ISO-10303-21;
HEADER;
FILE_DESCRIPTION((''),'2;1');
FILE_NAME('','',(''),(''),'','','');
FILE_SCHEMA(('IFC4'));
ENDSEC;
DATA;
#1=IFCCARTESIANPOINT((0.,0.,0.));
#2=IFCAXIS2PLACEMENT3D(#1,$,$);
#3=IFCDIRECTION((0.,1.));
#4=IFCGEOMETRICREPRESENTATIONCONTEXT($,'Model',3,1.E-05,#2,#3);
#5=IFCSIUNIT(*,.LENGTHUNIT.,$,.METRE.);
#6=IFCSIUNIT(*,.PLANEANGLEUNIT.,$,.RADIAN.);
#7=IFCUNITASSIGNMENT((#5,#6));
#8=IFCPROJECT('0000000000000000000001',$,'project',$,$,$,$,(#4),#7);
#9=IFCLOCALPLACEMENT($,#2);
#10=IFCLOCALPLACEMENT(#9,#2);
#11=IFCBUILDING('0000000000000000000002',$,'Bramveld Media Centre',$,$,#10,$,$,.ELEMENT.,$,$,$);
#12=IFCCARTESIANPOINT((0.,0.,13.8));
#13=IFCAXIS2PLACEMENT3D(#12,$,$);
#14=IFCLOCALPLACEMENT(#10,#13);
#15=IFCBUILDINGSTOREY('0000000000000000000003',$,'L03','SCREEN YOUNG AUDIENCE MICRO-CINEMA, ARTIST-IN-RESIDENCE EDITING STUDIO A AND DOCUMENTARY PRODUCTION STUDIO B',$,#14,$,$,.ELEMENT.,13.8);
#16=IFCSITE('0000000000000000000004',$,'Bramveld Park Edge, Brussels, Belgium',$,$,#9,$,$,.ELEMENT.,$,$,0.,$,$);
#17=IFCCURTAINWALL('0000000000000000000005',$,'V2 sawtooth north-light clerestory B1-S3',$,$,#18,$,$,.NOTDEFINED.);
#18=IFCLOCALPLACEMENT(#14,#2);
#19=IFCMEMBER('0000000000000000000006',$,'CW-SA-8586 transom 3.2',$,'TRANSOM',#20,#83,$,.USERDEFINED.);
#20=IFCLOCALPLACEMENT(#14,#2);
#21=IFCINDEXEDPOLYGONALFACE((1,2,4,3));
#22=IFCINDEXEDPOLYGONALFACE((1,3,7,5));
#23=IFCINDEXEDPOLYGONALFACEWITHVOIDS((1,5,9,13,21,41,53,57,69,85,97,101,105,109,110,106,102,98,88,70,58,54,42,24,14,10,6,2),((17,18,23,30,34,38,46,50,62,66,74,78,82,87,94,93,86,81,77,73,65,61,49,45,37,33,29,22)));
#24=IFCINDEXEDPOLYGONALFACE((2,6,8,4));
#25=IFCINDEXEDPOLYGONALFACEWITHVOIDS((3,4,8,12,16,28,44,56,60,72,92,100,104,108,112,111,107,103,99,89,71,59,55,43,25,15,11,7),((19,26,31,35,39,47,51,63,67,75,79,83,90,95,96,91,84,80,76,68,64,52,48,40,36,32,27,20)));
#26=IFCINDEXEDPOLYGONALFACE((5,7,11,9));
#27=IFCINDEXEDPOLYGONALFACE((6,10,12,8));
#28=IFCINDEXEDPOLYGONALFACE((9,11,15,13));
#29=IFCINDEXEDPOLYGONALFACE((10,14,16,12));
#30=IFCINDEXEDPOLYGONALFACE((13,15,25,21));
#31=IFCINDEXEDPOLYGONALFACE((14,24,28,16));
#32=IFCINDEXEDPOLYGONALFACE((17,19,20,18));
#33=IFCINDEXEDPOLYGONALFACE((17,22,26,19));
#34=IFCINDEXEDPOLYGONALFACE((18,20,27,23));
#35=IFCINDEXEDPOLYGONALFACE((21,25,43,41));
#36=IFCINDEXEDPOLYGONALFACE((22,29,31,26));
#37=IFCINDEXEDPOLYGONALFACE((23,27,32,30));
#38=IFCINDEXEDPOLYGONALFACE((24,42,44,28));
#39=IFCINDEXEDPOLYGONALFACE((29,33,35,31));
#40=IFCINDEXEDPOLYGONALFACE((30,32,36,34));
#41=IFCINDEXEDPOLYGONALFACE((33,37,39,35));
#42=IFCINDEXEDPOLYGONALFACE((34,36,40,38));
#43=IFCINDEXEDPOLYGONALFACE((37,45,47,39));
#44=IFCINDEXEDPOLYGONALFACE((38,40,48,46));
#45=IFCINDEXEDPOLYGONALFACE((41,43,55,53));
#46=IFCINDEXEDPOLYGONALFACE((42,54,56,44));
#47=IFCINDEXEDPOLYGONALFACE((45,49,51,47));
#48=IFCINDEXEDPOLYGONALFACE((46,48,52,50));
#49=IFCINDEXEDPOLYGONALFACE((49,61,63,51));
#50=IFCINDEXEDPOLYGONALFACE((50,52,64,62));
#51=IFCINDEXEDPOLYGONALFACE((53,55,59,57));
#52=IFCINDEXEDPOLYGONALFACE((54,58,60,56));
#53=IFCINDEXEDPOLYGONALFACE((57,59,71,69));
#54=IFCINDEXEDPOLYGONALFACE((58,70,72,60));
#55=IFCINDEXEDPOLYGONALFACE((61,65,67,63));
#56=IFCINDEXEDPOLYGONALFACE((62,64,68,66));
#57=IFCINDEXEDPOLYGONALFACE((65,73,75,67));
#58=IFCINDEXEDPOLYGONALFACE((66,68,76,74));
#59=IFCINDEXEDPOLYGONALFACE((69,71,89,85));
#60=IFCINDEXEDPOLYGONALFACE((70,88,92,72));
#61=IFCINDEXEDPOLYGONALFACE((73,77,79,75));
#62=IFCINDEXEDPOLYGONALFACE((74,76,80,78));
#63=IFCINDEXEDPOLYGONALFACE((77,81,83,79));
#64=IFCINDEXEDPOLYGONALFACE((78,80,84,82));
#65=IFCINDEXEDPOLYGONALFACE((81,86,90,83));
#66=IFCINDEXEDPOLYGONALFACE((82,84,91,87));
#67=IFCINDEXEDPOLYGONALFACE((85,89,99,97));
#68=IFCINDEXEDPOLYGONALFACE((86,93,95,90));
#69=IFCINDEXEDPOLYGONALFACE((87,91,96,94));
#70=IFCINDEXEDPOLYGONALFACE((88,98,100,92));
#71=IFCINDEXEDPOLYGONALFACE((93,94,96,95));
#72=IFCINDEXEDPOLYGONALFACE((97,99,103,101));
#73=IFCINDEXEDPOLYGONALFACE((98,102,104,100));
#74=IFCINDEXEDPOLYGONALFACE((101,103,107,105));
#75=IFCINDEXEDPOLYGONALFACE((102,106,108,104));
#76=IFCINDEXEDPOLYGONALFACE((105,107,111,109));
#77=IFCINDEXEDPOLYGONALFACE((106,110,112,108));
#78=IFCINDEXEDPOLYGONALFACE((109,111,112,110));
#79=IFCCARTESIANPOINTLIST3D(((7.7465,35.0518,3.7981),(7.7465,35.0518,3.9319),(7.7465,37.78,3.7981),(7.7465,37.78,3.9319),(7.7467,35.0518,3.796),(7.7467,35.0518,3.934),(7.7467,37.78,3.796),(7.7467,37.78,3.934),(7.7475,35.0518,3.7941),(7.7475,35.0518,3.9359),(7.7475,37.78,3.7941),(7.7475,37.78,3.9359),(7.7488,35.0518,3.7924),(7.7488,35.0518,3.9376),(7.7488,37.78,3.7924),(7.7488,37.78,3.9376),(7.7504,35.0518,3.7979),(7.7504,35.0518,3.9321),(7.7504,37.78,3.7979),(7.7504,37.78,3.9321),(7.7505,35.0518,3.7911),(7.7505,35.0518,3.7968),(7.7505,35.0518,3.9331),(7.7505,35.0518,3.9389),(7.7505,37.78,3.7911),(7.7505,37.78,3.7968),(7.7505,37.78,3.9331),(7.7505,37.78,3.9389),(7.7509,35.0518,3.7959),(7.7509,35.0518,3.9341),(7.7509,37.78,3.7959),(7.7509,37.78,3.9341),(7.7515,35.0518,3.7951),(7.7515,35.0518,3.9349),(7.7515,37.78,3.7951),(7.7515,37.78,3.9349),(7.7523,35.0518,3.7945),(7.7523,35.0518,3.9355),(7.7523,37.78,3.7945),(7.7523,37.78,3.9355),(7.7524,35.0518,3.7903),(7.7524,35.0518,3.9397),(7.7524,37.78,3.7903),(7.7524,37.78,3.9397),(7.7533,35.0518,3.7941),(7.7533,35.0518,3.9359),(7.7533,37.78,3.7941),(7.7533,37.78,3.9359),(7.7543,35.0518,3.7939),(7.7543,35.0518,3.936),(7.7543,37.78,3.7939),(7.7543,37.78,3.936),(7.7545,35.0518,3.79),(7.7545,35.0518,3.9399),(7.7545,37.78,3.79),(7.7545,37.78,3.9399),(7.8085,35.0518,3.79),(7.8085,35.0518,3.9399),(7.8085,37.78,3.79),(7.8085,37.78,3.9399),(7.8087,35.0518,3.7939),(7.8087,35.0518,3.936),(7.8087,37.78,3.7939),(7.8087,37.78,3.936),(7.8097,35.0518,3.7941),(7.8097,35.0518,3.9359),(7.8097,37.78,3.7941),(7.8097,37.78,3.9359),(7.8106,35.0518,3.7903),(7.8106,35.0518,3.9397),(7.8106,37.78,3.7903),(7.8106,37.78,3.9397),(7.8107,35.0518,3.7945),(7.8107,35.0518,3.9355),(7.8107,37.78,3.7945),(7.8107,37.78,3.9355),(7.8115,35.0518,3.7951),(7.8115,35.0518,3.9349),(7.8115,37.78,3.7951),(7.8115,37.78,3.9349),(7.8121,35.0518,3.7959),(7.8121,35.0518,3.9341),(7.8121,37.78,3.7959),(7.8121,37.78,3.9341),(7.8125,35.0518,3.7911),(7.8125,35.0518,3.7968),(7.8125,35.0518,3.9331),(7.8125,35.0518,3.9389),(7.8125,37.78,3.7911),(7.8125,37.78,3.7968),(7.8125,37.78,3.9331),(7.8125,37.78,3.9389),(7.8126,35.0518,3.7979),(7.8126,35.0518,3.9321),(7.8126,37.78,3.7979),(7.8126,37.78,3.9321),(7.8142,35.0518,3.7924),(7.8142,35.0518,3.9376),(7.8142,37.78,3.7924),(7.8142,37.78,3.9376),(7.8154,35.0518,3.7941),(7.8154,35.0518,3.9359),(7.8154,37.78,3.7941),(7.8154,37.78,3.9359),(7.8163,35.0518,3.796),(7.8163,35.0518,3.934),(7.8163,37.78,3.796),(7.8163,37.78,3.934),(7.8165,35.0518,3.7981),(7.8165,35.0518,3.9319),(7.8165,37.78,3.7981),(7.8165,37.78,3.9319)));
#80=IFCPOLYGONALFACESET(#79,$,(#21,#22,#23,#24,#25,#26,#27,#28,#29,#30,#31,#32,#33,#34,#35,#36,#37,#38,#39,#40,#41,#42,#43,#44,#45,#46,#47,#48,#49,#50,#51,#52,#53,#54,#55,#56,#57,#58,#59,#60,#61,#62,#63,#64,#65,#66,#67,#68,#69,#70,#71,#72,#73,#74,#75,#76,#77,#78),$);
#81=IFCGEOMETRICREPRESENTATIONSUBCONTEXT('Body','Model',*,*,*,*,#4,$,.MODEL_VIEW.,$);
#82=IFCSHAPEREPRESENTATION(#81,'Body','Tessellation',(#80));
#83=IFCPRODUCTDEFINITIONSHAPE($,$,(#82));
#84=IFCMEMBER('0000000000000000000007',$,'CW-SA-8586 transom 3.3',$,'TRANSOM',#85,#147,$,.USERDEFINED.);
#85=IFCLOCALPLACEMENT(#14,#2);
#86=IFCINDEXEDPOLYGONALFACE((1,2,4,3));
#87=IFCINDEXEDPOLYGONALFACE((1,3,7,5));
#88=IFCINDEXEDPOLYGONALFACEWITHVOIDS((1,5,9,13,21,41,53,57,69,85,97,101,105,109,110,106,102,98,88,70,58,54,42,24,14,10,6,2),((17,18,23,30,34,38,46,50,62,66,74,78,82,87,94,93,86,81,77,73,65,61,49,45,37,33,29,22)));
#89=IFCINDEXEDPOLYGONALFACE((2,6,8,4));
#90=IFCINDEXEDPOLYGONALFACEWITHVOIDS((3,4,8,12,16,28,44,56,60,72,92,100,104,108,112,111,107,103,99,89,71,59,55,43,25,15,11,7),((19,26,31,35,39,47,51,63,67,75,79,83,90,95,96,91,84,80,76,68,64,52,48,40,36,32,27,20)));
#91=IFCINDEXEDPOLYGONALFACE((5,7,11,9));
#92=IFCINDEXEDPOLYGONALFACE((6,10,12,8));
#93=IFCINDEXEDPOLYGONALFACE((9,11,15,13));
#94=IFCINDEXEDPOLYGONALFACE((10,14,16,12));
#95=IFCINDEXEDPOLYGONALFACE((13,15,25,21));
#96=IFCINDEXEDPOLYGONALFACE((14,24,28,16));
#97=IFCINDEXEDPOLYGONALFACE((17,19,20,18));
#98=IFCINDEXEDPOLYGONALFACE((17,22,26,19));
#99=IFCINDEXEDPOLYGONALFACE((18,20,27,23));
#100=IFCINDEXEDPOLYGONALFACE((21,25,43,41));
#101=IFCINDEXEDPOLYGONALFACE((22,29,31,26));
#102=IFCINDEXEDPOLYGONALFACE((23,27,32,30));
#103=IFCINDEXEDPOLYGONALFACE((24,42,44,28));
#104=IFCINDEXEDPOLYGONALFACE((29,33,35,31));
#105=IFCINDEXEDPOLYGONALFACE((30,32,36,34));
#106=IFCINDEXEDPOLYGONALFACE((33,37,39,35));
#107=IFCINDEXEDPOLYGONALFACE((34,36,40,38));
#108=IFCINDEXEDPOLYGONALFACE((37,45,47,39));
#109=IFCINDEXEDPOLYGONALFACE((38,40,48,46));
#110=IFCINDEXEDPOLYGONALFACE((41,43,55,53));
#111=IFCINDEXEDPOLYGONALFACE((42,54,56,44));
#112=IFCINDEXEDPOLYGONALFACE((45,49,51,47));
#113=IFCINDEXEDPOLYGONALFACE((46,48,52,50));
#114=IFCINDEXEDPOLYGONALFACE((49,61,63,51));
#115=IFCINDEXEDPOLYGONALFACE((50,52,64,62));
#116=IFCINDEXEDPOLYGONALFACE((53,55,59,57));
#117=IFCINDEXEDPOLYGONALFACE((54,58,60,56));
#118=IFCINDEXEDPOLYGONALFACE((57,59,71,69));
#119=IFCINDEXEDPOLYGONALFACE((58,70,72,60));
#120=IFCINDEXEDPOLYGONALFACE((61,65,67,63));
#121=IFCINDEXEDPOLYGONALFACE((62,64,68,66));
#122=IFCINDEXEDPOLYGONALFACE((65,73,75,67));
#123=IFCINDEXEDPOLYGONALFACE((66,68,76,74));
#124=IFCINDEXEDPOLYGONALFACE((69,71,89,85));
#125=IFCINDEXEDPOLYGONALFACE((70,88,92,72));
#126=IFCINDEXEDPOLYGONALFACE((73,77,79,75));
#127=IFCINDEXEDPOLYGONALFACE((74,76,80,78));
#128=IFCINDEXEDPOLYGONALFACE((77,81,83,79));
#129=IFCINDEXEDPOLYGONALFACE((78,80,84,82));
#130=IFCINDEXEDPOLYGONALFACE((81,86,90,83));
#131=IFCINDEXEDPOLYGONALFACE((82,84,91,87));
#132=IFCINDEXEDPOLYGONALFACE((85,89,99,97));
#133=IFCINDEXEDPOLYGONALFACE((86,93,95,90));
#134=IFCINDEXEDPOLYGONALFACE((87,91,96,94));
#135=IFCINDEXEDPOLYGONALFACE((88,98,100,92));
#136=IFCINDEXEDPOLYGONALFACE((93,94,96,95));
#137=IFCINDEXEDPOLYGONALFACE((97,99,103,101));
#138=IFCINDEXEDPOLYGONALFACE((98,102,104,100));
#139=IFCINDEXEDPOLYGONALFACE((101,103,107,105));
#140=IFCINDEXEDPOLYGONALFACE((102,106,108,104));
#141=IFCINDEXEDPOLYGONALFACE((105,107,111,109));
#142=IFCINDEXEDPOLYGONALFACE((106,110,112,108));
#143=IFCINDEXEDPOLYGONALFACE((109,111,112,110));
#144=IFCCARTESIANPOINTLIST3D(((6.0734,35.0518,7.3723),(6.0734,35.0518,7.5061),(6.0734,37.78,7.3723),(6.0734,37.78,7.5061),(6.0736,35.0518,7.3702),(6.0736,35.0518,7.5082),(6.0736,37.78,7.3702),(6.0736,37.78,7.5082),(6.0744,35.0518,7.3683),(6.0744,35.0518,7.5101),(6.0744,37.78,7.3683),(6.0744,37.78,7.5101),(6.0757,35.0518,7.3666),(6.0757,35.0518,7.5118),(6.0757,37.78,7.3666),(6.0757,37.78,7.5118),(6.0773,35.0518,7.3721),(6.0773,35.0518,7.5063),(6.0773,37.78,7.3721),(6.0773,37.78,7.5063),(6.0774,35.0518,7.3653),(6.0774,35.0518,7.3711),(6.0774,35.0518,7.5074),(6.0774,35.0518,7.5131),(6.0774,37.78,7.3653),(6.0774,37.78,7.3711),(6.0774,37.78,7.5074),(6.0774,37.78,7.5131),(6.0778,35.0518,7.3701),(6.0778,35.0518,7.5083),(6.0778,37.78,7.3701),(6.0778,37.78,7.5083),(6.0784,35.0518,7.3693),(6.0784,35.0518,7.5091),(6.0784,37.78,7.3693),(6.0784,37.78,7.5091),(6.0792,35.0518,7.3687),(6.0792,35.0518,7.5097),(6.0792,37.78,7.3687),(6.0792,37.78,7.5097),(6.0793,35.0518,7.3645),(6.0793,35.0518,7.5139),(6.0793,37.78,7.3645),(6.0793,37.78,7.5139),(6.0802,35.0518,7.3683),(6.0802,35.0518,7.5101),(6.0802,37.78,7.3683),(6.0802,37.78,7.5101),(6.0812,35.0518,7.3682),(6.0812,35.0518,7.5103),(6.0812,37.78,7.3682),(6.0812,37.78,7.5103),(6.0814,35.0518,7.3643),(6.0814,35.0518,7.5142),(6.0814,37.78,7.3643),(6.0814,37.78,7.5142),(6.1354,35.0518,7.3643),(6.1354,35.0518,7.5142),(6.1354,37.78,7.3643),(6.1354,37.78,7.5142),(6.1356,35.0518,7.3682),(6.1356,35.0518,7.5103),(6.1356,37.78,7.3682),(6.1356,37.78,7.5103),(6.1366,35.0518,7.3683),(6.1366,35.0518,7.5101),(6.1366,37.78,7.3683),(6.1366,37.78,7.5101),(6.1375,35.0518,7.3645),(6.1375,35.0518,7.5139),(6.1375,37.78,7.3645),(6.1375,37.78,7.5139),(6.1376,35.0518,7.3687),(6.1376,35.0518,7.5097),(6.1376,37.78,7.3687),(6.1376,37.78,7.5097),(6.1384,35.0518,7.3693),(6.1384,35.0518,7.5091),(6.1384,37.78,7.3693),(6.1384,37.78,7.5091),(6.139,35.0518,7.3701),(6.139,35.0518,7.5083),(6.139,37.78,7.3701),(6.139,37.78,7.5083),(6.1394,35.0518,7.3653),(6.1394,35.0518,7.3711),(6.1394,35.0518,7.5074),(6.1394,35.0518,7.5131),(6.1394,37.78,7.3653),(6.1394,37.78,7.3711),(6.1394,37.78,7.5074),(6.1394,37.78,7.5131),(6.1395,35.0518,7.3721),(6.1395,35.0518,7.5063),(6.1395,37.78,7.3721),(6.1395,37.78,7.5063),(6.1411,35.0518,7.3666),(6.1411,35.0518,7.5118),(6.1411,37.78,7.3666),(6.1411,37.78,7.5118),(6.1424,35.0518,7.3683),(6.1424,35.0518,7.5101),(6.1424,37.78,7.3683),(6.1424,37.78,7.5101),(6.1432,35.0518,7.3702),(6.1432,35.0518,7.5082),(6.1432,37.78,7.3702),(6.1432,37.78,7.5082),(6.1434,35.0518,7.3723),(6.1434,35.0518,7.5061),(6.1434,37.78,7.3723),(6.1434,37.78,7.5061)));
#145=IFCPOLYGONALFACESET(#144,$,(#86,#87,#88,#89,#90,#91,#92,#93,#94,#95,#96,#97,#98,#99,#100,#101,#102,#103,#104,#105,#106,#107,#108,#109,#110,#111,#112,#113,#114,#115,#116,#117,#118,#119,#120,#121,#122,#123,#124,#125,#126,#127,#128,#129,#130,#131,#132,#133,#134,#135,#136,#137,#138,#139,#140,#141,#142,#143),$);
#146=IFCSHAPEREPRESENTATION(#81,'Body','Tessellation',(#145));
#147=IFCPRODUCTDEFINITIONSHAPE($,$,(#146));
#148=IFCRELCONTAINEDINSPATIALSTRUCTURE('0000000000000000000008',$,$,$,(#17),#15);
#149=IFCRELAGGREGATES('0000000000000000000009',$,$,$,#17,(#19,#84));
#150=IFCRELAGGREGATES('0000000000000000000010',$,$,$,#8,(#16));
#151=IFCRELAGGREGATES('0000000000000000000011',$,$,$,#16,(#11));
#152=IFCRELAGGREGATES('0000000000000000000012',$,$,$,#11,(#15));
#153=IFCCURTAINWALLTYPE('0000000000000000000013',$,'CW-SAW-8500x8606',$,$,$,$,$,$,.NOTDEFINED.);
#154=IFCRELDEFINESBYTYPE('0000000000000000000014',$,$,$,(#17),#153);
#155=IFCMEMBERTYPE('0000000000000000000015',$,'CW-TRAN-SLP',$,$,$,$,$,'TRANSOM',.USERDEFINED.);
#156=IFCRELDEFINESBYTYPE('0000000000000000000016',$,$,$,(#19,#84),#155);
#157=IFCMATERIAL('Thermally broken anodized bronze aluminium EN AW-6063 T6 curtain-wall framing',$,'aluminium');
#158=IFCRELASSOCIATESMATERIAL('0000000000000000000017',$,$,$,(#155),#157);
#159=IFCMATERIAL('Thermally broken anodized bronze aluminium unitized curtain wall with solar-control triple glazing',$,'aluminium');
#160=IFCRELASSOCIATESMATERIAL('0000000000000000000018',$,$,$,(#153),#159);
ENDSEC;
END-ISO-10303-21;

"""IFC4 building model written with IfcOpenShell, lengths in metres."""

from ifc_helpers import new_model, si_unit, direction, frame, origin, origin_2d, place, context, subcontext, project, spatial, hollow_rectangle, extrude, material, material_profile, profile_set, type_object, element, aggregate, save


model = new_model("IFC4")

# Units and contexts
model_context = context("Model", 3, precision=1e-05, world=origin(), true_north=direction((0.0, 1.0)))
body_context = subcontext(model_context, "Body", "Model", "MODEL_VIEW")
ifc_project = project(units=[si_unit("LENGTHUNIT", "METRE"), si_unit("PLANEANGLEUNIT", "RADIAN")], contexts=[model_context])

# Site, building, storey
site_placement = place(None, origin())
site = spatial("IfcSite", under=ifc_project, at=site_placement, Name="Bramveld Park Edge, Brussels, Belgium", CompositionType="ELEMENT", RefElevation=0.0)
building_placement = place(site_placement, origin())
building = spatial("IfcBuilding", under=site, at=building_placement, Name="Bramveld Media Centre", CompositionType="ELEMENT")
storey_placement = place(building_placement, frame((0.0, 0.0, 13.8)))
storey = spatial("IfcBuildingStorey", under=building, at=storey_placement, Name="L03", Description="SCREEN YOUNG AUDIENCE MICRO-CINEMA, ARTIST-IN-RESIDENCE EDITING STUDIO A AND DOCUMENTARY PRODUCTION STUDIO B", CompositionType="ELEMENT", Elevation=13.8)

# Curtain wall, members
ifc_material_1 = material(Name="Thermally broken anodized bronze aluminium EN AW-6063 T6 curtain-wall framing", Category="aluminium")
ifc_material_profile_1 = material_profile(ifc_material_1, hollow_rectangle(XDim=0.0701, YDim=0.1499, WallThickness=0.0039, InnerFilletRadius=0.0039, OuterFilletRadius=0.0081, at=origin_2d()), Name="AL-TRAN 70x150")
ifc_profile_set_1 = profile_set([ifc_material_profile_1], Name="Thermally broken anodized bronze aluminium EN AW-6063 T6 curtain-wall framing")
member_type_1 = type_object("IfcMemberType", Name="CW-TRAN-SLP", ElementType="TRANSOM", PredefinedType="USERDEFINED", material=ifc_profile_set_1)
ifc_material_2 = material(Name="Thermally broken anodized bronze aluminium unitized curtain wall with solar-control triple glazing", Category="aluminium")
curtain_wall_type_1 = type_object("IfcCurtainWallType", Name="CW-SAW-8500x8606", PredefinedType="NOTDEFINED", material=ifc_material_2)
curtain_wall_1_placement = place(storey_placement, origin())
curtain_wall_1 = element("IfcCurtainWall", 1, at=curtain_wall_1_placement, inside=storey, type_object=curtain_wall_type_1, Name="V2 sawtooth north-light clerestory B1-S3", PredefinedType="NOTDEFINED")
member_1_placement = place(storey_placement, frame((7.7815, 35.0518, 3.865), z_axis=(0.0, 1.0, 0.0), x_axis=(-1.0, 0.0, 0.0)))
member_1 = element("IfcMember", 2, at=member_1_placement, type_object=member_type_1, Name="CW-SA-8586 transom 3.2", ObjectType="TRANSOM", PredefinedType="USERDEFINED", context=body_context, shape_type="SweptSolid", body=[
    extrude(hollow_rectangle(XDim=0.0701, YDim=0.1499, WallThickness=0.0039, InnerFilletRadius=0.0039, OuterFilletRadius=0.0081, at=origin_2d()), origin(), (0.0, 0.0, 1.0), 2.7283),
])
member_2_placement = place(storey_placement, frame((6.1084, 35.0518, 7.4392), z_axis=(0.0, 1.0, 0.0), x_axis=(-1.0, 0.0, 0.0)))
member_2 = element("IfcMember", 3, at=member_2_placement, type_object=member_type_1, Name="CW-SA-8586 transom 3.3", ObjectType="TRANSOM", PredefinedType="USERDEFINED", context=body_context, shape_type="SweptSolid", body=[
    extrude(hollow_rectangle(XDim=0.0701, YDim=0.1499, WallThickness=0.0039, InnerFilletRadius=0.0039, OuterFilletRadius=0.0081, at=origin_2d()), origin(), (0.0, 0.0, 1.0), 2.7283),
])

aggregate(curtain_wall_1, [member_1, member_2])

save(model, "model.ifc")
